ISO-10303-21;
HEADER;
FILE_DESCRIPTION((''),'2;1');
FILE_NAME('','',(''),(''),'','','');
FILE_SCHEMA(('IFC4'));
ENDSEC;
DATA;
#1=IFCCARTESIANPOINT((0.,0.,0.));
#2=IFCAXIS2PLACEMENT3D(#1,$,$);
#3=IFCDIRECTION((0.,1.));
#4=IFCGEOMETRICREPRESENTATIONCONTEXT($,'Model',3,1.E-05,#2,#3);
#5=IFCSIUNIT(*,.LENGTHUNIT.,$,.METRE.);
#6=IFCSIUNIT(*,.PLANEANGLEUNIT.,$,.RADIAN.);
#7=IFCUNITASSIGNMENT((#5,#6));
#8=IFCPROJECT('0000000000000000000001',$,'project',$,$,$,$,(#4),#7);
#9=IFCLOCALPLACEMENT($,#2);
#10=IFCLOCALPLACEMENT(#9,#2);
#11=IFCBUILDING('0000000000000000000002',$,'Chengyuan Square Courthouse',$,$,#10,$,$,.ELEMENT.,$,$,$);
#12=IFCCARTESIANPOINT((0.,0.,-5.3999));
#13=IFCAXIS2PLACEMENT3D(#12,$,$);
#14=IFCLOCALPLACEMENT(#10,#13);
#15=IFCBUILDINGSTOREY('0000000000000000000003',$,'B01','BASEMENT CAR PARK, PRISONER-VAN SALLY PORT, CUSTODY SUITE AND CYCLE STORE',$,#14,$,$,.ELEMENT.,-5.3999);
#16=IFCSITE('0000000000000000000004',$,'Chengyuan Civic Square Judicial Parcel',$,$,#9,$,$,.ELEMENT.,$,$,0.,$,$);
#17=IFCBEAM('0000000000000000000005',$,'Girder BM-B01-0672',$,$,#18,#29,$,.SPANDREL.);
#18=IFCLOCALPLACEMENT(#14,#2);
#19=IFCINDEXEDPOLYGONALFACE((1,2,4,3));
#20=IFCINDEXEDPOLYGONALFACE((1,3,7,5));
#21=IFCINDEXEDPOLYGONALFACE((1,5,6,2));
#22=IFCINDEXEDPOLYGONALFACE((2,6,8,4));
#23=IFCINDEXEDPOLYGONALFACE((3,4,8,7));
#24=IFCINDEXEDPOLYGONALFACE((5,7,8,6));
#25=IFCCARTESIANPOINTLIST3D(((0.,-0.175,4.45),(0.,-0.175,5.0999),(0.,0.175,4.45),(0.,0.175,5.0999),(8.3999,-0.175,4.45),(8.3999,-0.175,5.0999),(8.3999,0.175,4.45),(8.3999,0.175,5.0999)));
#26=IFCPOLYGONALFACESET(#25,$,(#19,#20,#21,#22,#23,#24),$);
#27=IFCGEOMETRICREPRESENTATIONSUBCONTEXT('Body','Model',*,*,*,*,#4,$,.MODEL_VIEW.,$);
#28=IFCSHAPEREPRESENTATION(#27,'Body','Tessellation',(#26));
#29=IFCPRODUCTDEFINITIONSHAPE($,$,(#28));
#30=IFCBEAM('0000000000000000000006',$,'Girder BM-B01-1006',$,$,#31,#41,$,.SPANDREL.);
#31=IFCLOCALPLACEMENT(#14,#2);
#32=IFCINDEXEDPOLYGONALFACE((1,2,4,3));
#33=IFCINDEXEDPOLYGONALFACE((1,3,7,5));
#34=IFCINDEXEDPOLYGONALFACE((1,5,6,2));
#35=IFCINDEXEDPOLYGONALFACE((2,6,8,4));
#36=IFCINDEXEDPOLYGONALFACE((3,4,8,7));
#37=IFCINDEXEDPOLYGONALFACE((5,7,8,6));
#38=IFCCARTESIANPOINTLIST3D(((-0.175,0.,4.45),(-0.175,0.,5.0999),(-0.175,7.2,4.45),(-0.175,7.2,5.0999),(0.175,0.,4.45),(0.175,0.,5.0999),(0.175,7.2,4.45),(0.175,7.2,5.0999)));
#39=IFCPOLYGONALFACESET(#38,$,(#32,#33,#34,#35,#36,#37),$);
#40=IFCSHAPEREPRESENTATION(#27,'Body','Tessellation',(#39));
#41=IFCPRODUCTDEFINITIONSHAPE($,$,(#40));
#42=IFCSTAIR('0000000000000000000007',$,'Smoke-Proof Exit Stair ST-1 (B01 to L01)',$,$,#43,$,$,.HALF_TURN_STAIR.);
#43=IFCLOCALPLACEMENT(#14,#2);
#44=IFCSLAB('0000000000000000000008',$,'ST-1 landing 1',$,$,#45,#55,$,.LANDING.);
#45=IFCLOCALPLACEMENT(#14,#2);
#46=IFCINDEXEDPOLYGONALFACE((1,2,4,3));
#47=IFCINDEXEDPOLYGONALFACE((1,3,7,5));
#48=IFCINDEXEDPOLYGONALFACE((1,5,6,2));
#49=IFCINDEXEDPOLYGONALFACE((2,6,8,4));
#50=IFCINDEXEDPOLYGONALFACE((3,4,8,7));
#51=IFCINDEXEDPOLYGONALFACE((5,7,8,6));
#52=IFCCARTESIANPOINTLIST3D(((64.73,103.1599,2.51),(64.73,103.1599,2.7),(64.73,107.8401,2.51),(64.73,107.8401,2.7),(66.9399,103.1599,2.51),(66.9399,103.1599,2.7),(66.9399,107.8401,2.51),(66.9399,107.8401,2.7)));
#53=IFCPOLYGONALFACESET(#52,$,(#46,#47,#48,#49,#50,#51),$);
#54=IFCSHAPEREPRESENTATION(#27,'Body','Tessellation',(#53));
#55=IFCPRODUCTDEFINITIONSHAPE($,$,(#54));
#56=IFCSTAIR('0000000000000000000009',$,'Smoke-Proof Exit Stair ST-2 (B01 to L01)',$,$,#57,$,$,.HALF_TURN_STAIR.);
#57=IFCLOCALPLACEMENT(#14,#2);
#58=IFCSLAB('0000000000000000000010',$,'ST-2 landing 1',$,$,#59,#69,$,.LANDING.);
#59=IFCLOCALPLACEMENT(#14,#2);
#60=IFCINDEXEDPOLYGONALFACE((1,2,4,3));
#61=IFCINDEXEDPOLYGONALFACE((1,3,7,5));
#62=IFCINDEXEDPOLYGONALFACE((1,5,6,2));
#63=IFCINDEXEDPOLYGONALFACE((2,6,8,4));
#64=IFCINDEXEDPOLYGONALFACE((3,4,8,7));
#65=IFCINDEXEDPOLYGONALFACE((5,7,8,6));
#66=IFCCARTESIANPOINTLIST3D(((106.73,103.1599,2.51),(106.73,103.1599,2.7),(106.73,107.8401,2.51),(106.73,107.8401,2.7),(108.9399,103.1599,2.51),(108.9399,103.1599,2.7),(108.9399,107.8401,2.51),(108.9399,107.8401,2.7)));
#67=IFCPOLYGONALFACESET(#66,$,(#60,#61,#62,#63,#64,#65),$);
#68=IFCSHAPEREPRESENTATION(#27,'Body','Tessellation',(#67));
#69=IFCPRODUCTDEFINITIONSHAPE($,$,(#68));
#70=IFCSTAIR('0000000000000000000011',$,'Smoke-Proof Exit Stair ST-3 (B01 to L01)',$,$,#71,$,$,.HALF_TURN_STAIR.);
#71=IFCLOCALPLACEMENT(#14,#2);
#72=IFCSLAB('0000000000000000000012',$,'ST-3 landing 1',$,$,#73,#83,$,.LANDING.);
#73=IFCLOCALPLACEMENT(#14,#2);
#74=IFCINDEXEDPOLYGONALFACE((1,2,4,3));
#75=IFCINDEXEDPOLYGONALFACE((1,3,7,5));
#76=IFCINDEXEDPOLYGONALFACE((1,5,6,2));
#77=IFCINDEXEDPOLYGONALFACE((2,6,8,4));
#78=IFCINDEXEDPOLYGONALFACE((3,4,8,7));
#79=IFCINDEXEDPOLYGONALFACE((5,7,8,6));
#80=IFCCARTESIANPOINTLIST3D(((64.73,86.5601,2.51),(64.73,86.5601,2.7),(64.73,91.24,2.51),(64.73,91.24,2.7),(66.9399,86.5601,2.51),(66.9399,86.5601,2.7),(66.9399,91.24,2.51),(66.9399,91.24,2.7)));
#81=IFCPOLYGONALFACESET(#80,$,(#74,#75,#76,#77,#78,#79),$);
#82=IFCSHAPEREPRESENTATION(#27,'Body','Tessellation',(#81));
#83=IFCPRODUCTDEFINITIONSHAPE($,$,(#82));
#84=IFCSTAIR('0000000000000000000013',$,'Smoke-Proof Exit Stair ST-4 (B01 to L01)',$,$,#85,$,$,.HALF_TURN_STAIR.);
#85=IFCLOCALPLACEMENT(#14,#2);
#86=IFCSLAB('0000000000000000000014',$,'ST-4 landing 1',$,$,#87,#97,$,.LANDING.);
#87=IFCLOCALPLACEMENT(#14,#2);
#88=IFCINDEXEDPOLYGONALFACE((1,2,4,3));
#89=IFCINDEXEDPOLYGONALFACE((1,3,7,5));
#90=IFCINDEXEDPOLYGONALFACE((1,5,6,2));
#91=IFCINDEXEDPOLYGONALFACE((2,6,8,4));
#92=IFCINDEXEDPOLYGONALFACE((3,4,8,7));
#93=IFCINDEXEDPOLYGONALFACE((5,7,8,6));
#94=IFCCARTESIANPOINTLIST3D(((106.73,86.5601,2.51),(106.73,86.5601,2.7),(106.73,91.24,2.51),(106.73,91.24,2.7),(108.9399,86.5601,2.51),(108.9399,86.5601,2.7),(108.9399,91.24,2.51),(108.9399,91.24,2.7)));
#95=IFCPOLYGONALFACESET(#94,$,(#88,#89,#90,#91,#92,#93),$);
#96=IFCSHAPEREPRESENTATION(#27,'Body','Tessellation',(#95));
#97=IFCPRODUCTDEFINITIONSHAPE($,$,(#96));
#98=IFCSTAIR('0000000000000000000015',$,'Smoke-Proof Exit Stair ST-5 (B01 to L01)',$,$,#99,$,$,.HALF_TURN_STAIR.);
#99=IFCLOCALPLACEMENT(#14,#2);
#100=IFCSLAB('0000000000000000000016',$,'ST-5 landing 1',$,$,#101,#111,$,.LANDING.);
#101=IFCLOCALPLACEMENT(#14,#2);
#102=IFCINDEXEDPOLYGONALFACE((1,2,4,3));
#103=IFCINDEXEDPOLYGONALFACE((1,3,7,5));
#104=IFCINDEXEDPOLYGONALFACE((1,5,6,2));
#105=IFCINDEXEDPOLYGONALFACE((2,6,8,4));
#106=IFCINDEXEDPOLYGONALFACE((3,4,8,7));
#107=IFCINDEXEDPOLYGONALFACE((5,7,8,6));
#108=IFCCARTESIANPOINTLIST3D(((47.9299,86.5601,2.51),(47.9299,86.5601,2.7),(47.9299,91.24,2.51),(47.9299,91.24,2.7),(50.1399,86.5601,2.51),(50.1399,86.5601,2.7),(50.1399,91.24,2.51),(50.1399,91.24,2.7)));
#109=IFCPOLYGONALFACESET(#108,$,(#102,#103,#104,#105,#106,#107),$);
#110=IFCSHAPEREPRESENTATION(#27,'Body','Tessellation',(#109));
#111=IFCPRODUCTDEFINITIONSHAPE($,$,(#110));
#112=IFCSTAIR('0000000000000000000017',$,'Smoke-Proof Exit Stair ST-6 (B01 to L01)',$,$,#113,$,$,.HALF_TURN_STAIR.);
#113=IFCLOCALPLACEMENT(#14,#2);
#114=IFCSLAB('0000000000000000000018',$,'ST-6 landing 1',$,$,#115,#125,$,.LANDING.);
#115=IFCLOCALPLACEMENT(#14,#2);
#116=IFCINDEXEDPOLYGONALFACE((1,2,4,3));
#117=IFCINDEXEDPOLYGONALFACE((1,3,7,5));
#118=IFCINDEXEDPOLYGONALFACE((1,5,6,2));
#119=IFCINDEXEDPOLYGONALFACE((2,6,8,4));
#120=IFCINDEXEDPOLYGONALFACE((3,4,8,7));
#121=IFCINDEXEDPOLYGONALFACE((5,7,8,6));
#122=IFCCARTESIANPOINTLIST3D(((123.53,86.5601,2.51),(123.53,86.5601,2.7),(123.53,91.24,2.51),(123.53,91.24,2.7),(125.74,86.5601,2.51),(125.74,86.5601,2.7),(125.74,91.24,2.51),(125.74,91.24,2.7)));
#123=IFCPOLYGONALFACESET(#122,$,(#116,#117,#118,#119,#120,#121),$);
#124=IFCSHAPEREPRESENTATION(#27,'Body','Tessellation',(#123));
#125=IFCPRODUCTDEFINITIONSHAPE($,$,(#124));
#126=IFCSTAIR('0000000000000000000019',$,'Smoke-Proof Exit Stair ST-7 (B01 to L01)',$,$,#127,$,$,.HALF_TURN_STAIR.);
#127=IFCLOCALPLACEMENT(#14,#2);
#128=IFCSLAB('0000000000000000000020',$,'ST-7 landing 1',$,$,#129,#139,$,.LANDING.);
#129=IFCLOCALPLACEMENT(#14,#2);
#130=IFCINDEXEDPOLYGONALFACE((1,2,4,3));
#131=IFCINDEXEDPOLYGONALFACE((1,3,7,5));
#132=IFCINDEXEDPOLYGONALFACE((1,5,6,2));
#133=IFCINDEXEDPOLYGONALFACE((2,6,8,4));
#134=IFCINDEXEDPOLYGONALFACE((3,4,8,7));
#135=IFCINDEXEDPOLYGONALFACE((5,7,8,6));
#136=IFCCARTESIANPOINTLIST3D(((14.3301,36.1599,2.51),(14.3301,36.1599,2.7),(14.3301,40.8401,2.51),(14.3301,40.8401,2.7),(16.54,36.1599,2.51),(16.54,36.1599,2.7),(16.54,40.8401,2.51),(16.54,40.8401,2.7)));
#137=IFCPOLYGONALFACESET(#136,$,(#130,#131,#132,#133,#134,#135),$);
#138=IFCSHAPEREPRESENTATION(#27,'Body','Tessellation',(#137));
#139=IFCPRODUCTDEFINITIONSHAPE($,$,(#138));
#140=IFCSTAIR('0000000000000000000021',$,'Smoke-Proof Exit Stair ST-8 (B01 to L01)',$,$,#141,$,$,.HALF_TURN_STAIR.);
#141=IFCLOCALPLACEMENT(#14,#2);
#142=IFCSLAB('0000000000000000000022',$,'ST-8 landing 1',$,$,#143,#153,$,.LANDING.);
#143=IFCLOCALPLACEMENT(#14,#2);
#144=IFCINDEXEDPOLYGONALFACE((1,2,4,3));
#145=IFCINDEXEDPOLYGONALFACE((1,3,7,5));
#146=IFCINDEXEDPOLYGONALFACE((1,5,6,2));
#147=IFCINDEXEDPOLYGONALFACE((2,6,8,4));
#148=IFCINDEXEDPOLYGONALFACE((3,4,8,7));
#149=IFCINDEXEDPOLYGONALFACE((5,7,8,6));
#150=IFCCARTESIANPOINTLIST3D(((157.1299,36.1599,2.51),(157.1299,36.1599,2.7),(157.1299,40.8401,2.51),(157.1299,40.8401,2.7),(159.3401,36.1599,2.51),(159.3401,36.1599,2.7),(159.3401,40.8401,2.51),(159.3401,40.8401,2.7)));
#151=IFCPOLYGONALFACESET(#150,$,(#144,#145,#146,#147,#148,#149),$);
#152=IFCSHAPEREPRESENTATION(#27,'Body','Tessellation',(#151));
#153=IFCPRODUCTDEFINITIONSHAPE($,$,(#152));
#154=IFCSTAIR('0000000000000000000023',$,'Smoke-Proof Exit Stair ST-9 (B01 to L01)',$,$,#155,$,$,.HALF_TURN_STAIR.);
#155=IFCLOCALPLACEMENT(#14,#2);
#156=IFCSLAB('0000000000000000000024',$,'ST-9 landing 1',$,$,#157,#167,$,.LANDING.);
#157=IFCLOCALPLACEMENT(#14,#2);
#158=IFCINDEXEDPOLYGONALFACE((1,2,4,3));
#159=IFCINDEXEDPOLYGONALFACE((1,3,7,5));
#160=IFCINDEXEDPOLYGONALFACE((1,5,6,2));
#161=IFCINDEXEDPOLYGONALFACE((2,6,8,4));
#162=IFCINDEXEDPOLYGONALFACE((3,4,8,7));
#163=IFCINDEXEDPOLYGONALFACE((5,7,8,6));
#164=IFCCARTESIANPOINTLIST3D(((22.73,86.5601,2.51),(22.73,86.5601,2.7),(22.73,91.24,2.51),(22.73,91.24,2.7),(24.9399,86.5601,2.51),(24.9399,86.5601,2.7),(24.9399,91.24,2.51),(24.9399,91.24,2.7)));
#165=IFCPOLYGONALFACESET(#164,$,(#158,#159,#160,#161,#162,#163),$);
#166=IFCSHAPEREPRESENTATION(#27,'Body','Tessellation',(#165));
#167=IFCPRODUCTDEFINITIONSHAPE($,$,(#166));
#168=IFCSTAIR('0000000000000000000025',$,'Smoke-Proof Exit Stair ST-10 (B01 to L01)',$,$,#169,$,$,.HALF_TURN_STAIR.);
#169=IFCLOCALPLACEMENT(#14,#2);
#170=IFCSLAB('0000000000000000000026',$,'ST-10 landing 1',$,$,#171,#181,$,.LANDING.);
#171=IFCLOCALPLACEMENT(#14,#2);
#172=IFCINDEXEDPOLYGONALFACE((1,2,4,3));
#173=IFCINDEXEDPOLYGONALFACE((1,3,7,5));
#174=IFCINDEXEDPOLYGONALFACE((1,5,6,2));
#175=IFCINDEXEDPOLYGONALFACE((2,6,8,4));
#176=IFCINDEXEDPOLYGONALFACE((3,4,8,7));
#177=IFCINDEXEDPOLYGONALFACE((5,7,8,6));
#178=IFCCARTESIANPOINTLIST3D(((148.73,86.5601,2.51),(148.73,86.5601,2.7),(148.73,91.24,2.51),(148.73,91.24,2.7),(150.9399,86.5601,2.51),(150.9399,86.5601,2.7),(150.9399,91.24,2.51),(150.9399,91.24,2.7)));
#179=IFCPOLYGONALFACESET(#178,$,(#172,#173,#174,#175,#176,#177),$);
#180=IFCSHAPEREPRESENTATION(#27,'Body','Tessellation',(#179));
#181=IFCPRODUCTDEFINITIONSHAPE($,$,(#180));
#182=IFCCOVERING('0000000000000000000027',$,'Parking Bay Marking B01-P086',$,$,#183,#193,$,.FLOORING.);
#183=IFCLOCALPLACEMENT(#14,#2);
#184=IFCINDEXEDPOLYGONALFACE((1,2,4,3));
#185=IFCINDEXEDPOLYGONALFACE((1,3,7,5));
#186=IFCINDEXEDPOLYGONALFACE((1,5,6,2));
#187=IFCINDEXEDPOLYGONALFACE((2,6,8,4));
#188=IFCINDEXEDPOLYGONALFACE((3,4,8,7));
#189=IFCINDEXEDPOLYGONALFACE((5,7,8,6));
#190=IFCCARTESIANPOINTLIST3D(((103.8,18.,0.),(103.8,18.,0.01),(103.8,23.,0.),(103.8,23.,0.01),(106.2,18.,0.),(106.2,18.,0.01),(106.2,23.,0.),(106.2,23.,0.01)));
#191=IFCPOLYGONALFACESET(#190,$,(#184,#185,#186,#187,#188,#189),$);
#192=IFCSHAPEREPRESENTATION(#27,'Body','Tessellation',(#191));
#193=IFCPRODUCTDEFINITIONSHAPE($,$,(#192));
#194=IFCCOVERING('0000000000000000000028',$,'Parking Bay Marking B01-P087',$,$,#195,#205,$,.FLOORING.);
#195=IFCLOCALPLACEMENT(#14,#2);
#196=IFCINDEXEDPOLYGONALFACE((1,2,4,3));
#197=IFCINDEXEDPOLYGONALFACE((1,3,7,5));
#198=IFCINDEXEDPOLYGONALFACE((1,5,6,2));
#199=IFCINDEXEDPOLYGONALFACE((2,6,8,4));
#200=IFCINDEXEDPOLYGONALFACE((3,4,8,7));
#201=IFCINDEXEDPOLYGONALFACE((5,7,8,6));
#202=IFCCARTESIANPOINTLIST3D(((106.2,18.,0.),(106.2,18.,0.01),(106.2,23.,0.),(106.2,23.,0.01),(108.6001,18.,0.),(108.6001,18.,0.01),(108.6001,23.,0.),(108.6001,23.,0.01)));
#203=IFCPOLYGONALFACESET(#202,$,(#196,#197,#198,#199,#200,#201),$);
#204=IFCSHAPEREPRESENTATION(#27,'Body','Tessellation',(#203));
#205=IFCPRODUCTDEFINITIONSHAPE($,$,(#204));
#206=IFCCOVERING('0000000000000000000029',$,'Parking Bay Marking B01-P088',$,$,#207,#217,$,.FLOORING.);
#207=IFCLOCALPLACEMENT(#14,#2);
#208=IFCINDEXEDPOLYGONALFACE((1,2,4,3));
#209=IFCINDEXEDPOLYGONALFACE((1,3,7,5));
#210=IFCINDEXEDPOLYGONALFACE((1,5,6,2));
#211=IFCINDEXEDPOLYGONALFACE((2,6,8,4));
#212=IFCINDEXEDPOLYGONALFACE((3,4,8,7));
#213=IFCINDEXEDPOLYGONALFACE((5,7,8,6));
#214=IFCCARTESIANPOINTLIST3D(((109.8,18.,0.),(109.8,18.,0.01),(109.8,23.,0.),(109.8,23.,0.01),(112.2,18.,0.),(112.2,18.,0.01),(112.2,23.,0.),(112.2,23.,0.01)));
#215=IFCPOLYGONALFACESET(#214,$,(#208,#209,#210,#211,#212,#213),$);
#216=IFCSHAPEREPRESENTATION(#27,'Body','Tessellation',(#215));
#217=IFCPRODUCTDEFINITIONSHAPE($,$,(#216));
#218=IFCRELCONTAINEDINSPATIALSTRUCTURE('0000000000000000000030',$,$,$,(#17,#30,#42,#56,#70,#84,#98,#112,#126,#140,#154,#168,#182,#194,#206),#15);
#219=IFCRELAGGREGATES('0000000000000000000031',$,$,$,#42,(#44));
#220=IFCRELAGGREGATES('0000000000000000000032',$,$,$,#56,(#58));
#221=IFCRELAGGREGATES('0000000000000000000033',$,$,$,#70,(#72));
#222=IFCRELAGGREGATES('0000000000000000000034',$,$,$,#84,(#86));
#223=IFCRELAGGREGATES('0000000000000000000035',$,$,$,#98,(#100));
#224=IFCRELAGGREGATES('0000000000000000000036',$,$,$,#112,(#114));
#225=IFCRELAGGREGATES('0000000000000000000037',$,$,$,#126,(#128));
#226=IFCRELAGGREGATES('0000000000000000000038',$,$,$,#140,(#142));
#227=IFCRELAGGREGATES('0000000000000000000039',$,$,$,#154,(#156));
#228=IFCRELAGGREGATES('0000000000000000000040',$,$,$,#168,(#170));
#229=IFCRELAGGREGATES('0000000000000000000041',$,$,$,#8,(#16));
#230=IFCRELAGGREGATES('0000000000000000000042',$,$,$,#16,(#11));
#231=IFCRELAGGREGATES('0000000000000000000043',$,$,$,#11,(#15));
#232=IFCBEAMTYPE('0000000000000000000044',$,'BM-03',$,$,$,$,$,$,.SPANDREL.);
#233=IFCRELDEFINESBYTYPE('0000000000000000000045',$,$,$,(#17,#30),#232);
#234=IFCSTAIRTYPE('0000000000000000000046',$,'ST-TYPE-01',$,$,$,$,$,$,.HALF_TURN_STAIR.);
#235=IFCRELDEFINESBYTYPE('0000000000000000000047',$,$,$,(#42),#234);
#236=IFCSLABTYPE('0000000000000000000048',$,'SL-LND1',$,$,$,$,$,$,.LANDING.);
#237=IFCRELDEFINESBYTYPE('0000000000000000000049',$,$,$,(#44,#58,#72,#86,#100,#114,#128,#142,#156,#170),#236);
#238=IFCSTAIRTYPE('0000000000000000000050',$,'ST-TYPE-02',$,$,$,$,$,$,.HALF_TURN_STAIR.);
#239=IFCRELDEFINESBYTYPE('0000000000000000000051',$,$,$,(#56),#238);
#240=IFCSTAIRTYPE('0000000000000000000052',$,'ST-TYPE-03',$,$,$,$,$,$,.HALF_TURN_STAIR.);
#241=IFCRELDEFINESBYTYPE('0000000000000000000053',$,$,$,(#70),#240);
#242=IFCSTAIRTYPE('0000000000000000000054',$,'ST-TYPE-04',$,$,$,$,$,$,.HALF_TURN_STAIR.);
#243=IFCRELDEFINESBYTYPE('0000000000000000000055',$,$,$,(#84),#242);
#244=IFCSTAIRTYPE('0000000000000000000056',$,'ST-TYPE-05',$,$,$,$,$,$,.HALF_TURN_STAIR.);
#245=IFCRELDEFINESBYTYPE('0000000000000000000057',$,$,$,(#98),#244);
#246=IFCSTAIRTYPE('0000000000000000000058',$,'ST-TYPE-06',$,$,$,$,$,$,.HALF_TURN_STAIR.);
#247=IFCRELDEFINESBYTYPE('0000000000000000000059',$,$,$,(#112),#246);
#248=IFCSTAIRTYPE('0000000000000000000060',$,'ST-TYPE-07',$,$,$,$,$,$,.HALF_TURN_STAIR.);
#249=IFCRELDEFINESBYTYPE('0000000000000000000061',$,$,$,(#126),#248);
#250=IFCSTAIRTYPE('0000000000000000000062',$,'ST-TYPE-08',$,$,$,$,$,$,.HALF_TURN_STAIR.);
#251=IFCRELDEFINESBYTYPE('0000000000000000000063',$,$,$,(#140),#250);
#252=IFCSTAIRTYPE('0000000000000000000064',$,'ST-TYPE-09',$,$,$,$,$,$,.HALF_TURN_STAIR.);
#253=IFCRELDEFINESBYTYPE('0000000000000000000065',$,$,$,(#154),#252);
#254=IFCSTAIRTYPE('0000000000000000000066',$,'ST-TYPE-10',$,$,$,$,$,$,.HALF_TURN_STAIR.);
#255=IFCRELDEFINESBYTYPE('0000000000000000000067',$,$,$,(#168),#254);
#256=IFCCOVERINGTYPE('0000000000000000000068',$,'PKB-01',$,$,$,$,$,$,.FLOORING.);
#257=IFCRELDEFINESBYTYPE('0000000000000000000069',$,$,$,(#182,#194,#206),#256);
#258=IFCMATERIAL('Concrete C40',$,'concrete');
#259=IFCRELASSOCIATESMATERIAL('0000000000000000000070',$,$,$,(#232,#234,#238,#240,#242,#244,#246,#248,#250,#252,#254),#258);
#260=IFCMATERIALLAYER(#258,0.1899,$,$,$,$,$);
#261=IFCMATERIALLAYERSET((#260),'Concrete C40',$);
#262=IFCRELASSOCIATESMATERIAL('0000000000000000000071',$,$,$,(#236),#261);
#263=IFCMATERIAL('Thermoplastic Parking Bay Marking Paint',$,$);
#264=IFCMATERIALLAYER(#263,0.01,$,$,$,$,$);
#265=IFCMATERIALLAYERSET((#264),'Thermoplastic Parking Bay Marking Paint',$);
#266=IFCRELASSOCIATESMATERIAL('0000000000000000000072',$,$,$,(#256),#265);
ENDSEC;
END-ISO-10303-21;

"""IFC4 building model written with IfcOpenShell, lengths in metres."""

from ifc_helpers import new_model, si_unit, direction, frame, origin, origin_2d, place, context, subcontext, project, spatial, polyline, rectangle, outline, extrude, material, layer, layer_set, material_profile, profile_set, type_object, element, aggregate, save


model = new_model("IFC4")

# Units and contexts
model_context = context("Model", 3, precision=1e-05, world=origin(), true_north=direction((0.0, 1.0)))
body_context = subcontext(model_context, "Body", "Model", "MODEL_VIEW")
ifc_project = project(units=[si_unit("LENGTHUNIT", "METRE"), si_unit("PLANEANGLEUNIT", "RADIAN")], contexts=[model_context])

# Site, building, storey
site_placement = place(None, origin())
site = spatial("IfcSite", under=ifc_project, at=site_placement, Name="Chengyuan Civic Square Judicial Parcel", CompositionType="ELEMENT", RefElevation=0.0)
building_placement = place(site_placement, origin())
building = spatial("IfcBuilding", under=site, at=building_placement, Name="Chengyuan Square Courthouse", CompositionType="ELEMENT")
storey_placement = place(building_placement, frame((0.0, 0.0, -5.3999)))
storey = spatial("IfcBuildingStorey", under=building, at=storey_placement, Name="B01", Description="BASEMENT CAR PARK, PRISONER-VAN SALLY PORT, CUSTODY SUITE AND CYCLE STORE", CompositionType="ELEMENT", Elevation=-5.3999)

# Beams
ifc_material_1 = material(Name="Concrete C40", Category="concrete")
ifc_material_profile = material_profile(ifc_material_1, rectangle(XDim=0.3501, YDim=0.6499, at=origin_2d()), Name="RC-BM-350x650")
ifc_profile_set = profile_set([ifc_material_profile], Name="Concrete C40")
beam_type = type_object("IfcBeamType", Name="BM-03", PredefinedType="SPANDREL", material=ifc_profile_set)
beam_1_placement = place(storey_placement, frame((0.0, 0.0, 4.7749), z_axis=(1.0, 0.0, 0.0), x_axis=(0.0, 1.0, 0.0)))
element("IfcBeam", 1, at=beam_1_placement, inside=storey, type_object=beam_type, Name="Girder BM-B01-0672", PredefinedType="SPANDREL", context=body_context, shape_type="SweptSolid", body=[
    extrude(rectangle(XDim=0.3501, YDim=0.6499, at=origin_2d()), origin(), (0.0, 0.0, 1.0), 8.3999),
])
beam_2_placement = place(storey_placement, frame((0.0, 0.0, 4.7749), z_axis=(0.0, 1.0, 0.0), x_axis=(-1.0, 0.0, 0.0)))
element("IfcBeam", 2, at=beam_2_placement, inside=storey, type_object=beam_type, Name="Girder BM-B01-1006", PredefinedType="SPANDREL", context=body_context, shape_type="SweptSolid", body=[
    extrude(rectangle(XDim=0.3501, YDim=0.6499, at=origin_2d()), origin(), (0.0, 0.0, 1.0), 7.2),
])

# Stairs, slabs
stair_type_1 = type_object("IfcStairType", Name="ST-TYPE-01", PredefinedType="HALF_TURN_STAIR", material=ifc_material_1)
stair_1_placement = place(storey_placement, origin())
stair_1 = element("IfcStair", 3, at=stair_1_placement, inside=storey, type_object=stair_type_1, Name="Smoke-Proof Exit Stair ST-1 (B01 to L01)", PredefinedType="HALF_TURN_STAIR")
ifc_layer_1 = layer(ifc_material_1, 0.1899)
ifc_layer_set_1 = layer_set([ifc_layer_1], Name="Concrete C40")
slab_type = type_object("IfcSlabType", Name="SL-LND1", PredefinedType="LANDING", material=ifc_layer_set_1)
slab_1_placement = place(storey_placement, frame((0.0, 0.0, 2.51)))
slab_1 = element("IfcSlab", 4, at=slab_1_placement, type_object=slab_type, Name="ST-1 landing 1", PredefinedType="LANDING", context=body_context, shape_type="SweptSolid", body=[
    extrude(outline(polyline([(64.73, 103.1599), (66.9399, 103.1599), (66.9399, 107.8401), (64.73, 107.8401), (64.73, 103.1599)])), origin(), (0.0, 0.0, 1.0), 0.1899),
])
aggregate(stair_1, [slab_1])
stair_type_2 = type_object("IfcStairType", Name="ST-TYPE-02", PredefinedType="HALF_TURN_STAIR", material=ifc_material_1)
stair_2_placement = place(storey_placement, origin())
stair_2 = element("IfcStair", 5, at=stair_2_placement, inside=storey, type_object=stair_type_2, Name="Smoke-Proof Exit Stair ST-2 (B01 to L01)", PredefinedType="HALF_TURN_STAIR")
slab_2_placement = place(storey_placement, frame((0.0, 0.0, 2.51)))
slab_2 = element("IfcSlab", 6, at=slab_2_placement, type_object=slab_type, Name="ST-2 landing 1", PredefinedType="LANDING", context=body_context, shape_type="SweptSolid", body=[
    extrude(outline(polyline([(106.73, 103.1599), (108.9399, 103.1599), (108.9399, 107.8401), (106.73, 107.8401), (106.73, 103.1599)])), origin(), (0.0, 0.0, 1.0), 0.1899),
])
aggregate(stair_2, [slab_2])
stair_type_3 = type_object("IfcStairType", Name="ST-TYPE-03", PredefinedType="HALF_TURN_STAIR", material=ifc_material_1)
stair_3_placement = place(storey_placement, origin())
stair_3 = element("IfcStair", 7, at=stair_3_placement, inside=storey, type_object=stair_type_3, Name="Smoke-Proof Exit Stair ST-3 (B01 to L01)", PredefinedType="HALF_TURN_STAIR")
slab_3_placement = place(storey_placement, frame((0.0, 0.0, 2.51)))
slab_3 = element("IfcSlab", 8, at=slab_3_placement, type_object=slab_type, Name="ST-3 landing 1", PredefinedType="LANDING", context=body_context, shape_type="SweptSolid", body=[
    extrude(outline(polyline([(64.73, 86.5601), (66.9399, 86.5601), (66.9399, 91.24), (64.73, 91.24), (64.73, 86.5601)])), origin(), (0.0, 0.0, 1.0), 0.1899),
])
aggregate(stair_3, [slab_3])
stair_type_4 = type_object("IfcStairType", Name="ST-TYPE-04", PredefinedType="HALF_TURN_STAIR", material=ifc_material_1)
stair_4_placement = place(storey_placement, origin())
stair_4 = element("IfcStair", 9, at=stair_4_placement, inside=storey, type_object=stair_type_4, Name="Smoke-Proof Exit Stair ST-4 (B01 to L01)", PredefinedType="HALF_TURN_STAIR")
slab_4_placement = place(storey_placement, frame((0.0, 0.0, 2.51)))
slab_4 = element("IfcSlab", 10, at=slab_4_placement, type_object=slab_type, Name="ST-4 landing 1", PredefinedType="LANDING", context=body_context, shape_type="SweptSolid", body=[
    extrude(outline(polyline([(106.73, 86.5601), (108.9399, 86.5601), (108.9399, 91.24), (106.73, 91.24), (106.73, 86.5601)])), origin(), (0.0, 0.0, 1.0), 0.1899),
])
aggregate(stair_4, [slab_4])
stair_type_5 = type_object("IfcStairType", Name="ST-TYPE-05", PredefinedType="HALF_TURN_STAIR", material=ifc_material_1)
stair_5_placement = place(storey_placement, origin())
stair_5 = element("IfcStair", 11, at=stair_5_placement, inside=storey, type_object=stair_type_5, Name="Smoke-Proof Exit Stair ST-5 (B01 to L01)", PredefinedType="HALF_TURN_STAIR")
slab_5_placement = place(storey_placement, frame((0.0, 0.0, 2.51)))
slab_5 = element("IfcSlab", 12, at=slab_5_placement, type_object=slab_type, Name="ST-5 landing 1", PredefinedType="LANDING", context=body_context, shape_type="SweptSolid", body=[
    extrude(outline(polyline([(47.9299, 86.5601), (50.1399, 86.5601), (50.1399, 91.24), (47.9299, 91.24), (47.9299, 86.5601)])), origin(), (0.0, 0.0, 1.0), 0.1899),
])
aggregate(stair_5, [slab_5])
stair_type_6 = type_object("IfcStairType", Name="ST-TYPE-06", PredefinedType="HALF_TURN_STAIR", material=ifc_material_1)
stair_6_placement = place(storey_placement, origin())
stair_6 = element("IfcStair", 13, at=stair_6_placement, inside=storey, type_object=stair_type_6, Name="Smoke-Proof Exit Stair ST-6 (B01 to L01)", PredefinedType="HALF_TURN_STAIR")
slab_6_placement = place(storey_placement, frame((0.0, 0.0, 2.51)))
slab_6 = element("IfcSlab", 14, at=slab_6_placement, type_object=slab_type, Name="ST-6 landing 1", PredefinedType="LANDING", context=body_context, shape_type="SweptSolid", body=[
    extrude(outline(polyline([(123.53, 86.5601), (125.74, 86.5601), (125.74, 91.24), (123.53, 91.24), (123.53, 86.5601)])), origin(), (0.0, 0.0, 1.0), 0.1899),
])
aggregate(stair_6, [slab_6])
stair_type_7 = type_object("IfcStairType", Name="ST-TYPE-07", PredefinedType="HALF_TURN_STAIR", material=ifc_material_1)
stair_7_placement = place(storey_placement, origin())
stair_7 = element("IfcStair", 15, at=stair_7_placement, inside=storey, type_object=stair_type_7, Name="Smoke-Proof Exit Stair ST-7 (B01 to L01)", PredefinedType="HALF_TURN_STAIR")
slab_7_placement = place(storey_placement, frame((0.0, 0.0, 2.51)))
slab_7 = element("IfcSlab", 16, at=slab_7_placement, type_object=slab_type, Name="ST-7 landing 1", PredefinedType="LANDING", context=body_context, shape_type="SweptSolid", body=[
    extrude(outline(polyline([(14.3301, 36.1599), (16.54, 36.1599), (16.54, 40.8401), (14.3301, 40.8401), (14.3301, 36.1599)])), origin(), (0.0, 0.0, 1.0), 0.1899),
])
aggregate(stair_7, [slab_7])
stair_type_8 = type_object("IfcStairType", Name="ST-TYPE-08", PredefinedType="HALF_TURN_STAIR", material=ifc_material_1)
stair_8_placement = place(storey_placement, origin())
stair_8 = element("IfcStair", 17, at=stair_8_placement, inside=storey, type_object=stair_type_8, Name="Smoke-Proof Exit Stair ST-8 (B01 to L01)", PredefinedType="HALF_TURN_STAIR")
slab_8_placement = place(storey_placement, frame((0.0, 0.0, 2.51)))
slab_8 = element("IfcSlab", 18, at=slab_8_placement, type_object=slab_type, Name="ST-8 landing 1", PredefinedType="LANDING", context=body_context, shape_type="SweptSolid", body=[
    extrude(outline(polyline([(157.1299, 36.1599), (159.3401, 36.1599), (159.3401, 40.8401), (157.1299, 40.8401), (157.1299, 36.1599)])), origin(), (0.0, 0.0, 1.0), 0.1899),
])
aggregate(stair_8, [slab_8])
stair_type_9 = type_object("IfcStairType", Name="ST-TYPE-09", PredefinedType="HALF_TURN_STAIR", material=ifc_material_1)
stair_9_placement = place(storey_placement, origin())
stair_9 = element("IfcStair", 19, at=stair_9_placement, inside=storey, type_object=stair_type_9, Name="Smoke-Proof Exit Stair ST-9 (B01 to L01)", PredefinedType="HALF_TURN_STAIR")
slab_9_placement = place(storey_placement, frame((0.0, 0.0, 2.51)))
slab_9 = element("IfcSlab", 20, at=slab_9_placement, type_object=slab_type, Name="ST-9 landing 1", PredefinedType="LANDING", context=body_context, shape_type="SweptSolid", body=[
    extrude(outline(polyline([(22.73, 86.5601), (24.9399, 86.5601), (24.9399, 91.24), (22.73, 91.24), (22.73, 86.5601)])), origin(), (0.0, 0.0, 1.0), 0.1899),
])
aggregate(stair_9, [slab_9])
stair_type_10 = type_object("IfcStairType", Name="ST-TYPE-10", PredefinedType="HALF_TURN_STAIR", material=ifc_material_1)
stair_10_placement = place(storey_placement, origin())
stair_10 = element("IfcStair", 21, at=stair_10_placement, inside=storey, type_object=stair_type_10, Name="Smoke-Proof Exit Stair ST-10 (B01 to L01)", PredefinedType="HALF_TURN_STAIR")
slab_10_placement = place(storey_placement, frame((0.0, 0.0, 2.51)))
slab_10 = element("IfcSlab", 22, at=slab_10_placement, type_object=slab_type, Name="ST-10 landing 1", PredefinedType="LANDING", context=body_context, shape_type="SweptSolid", body=[
    extrude(outline(polyline([(148.73, 86.5601), (150.9399, 86.5601), (150.9399, 91.24), (148.73, 91.24), (148.73, 86.5601)])), origin(), (0.0, 0.0, 1.0), 0.1899),
])
aggregate(stair_10, [slab_10])

# Coverings
ifc_material_2 = material(Name="Thermoplastic Parking Bay Marking Paint")
ifc_layer_2 = layer(ifc_material_2, 0.01)
ifc_layer_set_2 = layer_set([ifc_layer_2], Name="Thermoplastic Parking Bay Marking Paint")
covering_type = type_object("IfcCoveringType", Name="PKB-01", PredefinedType="FLOORING", material=ifc_layer_set_2)
covering_1_placement = place(storey_placement, origin())
element("IfcCovering", 23, at=covering_1_placement, inside=storey, type_object=covering_type, Name="Parking Bay Marking B01-P086", PredefinedType="FLOORING", context=body_context, shape_type="SweptSolid", body=[
    extrude(outline(polyline([(103.8, 18.0), (106.2, 18.0), (106.2, 23.0), (103.8, 23.0), (103.8, 18.0)])), origin(), (0.0, 0.0, 1.0), 0.01),
])
covering_2_placement = place(storey_placement, origin())
element("IfcCovering", 24, at=covering_2_placement, inside=storey, type_object=covering_type, Name="Parking Bay Marking B01-P087", PredefinedType="FLOORING", context=body_context, shape_type="SweptSolid", body=[
    extrude(outline(polyline([(106.2, 18.0), (108.6001, 18.0), (108.6001, 23.0), (106.2, 23.0), (106.2, 18.0)])), origin(), (0.0, 0.0, 1.0), 0.01),
])
covering_3_placement = place(storey_placement, origin())
element("IfcCovering", 25, at=covering_3_placement, inside=storey, type_object=covering_type, Name="Parking Bay Marking B01-P088", PredefinedType="FLOORING", context=body_context, shape_type="SweptSolid", body=[
    extrude(outline(polyline([(109.8, 18.0), (112.2, 18.0), (112.2, 23.0), (109.8, 23.0), (109.8, 18.0)])), origin(), (0.0, 0.0, 1.0), 0.01),
])

save(model, "model.ifc")
